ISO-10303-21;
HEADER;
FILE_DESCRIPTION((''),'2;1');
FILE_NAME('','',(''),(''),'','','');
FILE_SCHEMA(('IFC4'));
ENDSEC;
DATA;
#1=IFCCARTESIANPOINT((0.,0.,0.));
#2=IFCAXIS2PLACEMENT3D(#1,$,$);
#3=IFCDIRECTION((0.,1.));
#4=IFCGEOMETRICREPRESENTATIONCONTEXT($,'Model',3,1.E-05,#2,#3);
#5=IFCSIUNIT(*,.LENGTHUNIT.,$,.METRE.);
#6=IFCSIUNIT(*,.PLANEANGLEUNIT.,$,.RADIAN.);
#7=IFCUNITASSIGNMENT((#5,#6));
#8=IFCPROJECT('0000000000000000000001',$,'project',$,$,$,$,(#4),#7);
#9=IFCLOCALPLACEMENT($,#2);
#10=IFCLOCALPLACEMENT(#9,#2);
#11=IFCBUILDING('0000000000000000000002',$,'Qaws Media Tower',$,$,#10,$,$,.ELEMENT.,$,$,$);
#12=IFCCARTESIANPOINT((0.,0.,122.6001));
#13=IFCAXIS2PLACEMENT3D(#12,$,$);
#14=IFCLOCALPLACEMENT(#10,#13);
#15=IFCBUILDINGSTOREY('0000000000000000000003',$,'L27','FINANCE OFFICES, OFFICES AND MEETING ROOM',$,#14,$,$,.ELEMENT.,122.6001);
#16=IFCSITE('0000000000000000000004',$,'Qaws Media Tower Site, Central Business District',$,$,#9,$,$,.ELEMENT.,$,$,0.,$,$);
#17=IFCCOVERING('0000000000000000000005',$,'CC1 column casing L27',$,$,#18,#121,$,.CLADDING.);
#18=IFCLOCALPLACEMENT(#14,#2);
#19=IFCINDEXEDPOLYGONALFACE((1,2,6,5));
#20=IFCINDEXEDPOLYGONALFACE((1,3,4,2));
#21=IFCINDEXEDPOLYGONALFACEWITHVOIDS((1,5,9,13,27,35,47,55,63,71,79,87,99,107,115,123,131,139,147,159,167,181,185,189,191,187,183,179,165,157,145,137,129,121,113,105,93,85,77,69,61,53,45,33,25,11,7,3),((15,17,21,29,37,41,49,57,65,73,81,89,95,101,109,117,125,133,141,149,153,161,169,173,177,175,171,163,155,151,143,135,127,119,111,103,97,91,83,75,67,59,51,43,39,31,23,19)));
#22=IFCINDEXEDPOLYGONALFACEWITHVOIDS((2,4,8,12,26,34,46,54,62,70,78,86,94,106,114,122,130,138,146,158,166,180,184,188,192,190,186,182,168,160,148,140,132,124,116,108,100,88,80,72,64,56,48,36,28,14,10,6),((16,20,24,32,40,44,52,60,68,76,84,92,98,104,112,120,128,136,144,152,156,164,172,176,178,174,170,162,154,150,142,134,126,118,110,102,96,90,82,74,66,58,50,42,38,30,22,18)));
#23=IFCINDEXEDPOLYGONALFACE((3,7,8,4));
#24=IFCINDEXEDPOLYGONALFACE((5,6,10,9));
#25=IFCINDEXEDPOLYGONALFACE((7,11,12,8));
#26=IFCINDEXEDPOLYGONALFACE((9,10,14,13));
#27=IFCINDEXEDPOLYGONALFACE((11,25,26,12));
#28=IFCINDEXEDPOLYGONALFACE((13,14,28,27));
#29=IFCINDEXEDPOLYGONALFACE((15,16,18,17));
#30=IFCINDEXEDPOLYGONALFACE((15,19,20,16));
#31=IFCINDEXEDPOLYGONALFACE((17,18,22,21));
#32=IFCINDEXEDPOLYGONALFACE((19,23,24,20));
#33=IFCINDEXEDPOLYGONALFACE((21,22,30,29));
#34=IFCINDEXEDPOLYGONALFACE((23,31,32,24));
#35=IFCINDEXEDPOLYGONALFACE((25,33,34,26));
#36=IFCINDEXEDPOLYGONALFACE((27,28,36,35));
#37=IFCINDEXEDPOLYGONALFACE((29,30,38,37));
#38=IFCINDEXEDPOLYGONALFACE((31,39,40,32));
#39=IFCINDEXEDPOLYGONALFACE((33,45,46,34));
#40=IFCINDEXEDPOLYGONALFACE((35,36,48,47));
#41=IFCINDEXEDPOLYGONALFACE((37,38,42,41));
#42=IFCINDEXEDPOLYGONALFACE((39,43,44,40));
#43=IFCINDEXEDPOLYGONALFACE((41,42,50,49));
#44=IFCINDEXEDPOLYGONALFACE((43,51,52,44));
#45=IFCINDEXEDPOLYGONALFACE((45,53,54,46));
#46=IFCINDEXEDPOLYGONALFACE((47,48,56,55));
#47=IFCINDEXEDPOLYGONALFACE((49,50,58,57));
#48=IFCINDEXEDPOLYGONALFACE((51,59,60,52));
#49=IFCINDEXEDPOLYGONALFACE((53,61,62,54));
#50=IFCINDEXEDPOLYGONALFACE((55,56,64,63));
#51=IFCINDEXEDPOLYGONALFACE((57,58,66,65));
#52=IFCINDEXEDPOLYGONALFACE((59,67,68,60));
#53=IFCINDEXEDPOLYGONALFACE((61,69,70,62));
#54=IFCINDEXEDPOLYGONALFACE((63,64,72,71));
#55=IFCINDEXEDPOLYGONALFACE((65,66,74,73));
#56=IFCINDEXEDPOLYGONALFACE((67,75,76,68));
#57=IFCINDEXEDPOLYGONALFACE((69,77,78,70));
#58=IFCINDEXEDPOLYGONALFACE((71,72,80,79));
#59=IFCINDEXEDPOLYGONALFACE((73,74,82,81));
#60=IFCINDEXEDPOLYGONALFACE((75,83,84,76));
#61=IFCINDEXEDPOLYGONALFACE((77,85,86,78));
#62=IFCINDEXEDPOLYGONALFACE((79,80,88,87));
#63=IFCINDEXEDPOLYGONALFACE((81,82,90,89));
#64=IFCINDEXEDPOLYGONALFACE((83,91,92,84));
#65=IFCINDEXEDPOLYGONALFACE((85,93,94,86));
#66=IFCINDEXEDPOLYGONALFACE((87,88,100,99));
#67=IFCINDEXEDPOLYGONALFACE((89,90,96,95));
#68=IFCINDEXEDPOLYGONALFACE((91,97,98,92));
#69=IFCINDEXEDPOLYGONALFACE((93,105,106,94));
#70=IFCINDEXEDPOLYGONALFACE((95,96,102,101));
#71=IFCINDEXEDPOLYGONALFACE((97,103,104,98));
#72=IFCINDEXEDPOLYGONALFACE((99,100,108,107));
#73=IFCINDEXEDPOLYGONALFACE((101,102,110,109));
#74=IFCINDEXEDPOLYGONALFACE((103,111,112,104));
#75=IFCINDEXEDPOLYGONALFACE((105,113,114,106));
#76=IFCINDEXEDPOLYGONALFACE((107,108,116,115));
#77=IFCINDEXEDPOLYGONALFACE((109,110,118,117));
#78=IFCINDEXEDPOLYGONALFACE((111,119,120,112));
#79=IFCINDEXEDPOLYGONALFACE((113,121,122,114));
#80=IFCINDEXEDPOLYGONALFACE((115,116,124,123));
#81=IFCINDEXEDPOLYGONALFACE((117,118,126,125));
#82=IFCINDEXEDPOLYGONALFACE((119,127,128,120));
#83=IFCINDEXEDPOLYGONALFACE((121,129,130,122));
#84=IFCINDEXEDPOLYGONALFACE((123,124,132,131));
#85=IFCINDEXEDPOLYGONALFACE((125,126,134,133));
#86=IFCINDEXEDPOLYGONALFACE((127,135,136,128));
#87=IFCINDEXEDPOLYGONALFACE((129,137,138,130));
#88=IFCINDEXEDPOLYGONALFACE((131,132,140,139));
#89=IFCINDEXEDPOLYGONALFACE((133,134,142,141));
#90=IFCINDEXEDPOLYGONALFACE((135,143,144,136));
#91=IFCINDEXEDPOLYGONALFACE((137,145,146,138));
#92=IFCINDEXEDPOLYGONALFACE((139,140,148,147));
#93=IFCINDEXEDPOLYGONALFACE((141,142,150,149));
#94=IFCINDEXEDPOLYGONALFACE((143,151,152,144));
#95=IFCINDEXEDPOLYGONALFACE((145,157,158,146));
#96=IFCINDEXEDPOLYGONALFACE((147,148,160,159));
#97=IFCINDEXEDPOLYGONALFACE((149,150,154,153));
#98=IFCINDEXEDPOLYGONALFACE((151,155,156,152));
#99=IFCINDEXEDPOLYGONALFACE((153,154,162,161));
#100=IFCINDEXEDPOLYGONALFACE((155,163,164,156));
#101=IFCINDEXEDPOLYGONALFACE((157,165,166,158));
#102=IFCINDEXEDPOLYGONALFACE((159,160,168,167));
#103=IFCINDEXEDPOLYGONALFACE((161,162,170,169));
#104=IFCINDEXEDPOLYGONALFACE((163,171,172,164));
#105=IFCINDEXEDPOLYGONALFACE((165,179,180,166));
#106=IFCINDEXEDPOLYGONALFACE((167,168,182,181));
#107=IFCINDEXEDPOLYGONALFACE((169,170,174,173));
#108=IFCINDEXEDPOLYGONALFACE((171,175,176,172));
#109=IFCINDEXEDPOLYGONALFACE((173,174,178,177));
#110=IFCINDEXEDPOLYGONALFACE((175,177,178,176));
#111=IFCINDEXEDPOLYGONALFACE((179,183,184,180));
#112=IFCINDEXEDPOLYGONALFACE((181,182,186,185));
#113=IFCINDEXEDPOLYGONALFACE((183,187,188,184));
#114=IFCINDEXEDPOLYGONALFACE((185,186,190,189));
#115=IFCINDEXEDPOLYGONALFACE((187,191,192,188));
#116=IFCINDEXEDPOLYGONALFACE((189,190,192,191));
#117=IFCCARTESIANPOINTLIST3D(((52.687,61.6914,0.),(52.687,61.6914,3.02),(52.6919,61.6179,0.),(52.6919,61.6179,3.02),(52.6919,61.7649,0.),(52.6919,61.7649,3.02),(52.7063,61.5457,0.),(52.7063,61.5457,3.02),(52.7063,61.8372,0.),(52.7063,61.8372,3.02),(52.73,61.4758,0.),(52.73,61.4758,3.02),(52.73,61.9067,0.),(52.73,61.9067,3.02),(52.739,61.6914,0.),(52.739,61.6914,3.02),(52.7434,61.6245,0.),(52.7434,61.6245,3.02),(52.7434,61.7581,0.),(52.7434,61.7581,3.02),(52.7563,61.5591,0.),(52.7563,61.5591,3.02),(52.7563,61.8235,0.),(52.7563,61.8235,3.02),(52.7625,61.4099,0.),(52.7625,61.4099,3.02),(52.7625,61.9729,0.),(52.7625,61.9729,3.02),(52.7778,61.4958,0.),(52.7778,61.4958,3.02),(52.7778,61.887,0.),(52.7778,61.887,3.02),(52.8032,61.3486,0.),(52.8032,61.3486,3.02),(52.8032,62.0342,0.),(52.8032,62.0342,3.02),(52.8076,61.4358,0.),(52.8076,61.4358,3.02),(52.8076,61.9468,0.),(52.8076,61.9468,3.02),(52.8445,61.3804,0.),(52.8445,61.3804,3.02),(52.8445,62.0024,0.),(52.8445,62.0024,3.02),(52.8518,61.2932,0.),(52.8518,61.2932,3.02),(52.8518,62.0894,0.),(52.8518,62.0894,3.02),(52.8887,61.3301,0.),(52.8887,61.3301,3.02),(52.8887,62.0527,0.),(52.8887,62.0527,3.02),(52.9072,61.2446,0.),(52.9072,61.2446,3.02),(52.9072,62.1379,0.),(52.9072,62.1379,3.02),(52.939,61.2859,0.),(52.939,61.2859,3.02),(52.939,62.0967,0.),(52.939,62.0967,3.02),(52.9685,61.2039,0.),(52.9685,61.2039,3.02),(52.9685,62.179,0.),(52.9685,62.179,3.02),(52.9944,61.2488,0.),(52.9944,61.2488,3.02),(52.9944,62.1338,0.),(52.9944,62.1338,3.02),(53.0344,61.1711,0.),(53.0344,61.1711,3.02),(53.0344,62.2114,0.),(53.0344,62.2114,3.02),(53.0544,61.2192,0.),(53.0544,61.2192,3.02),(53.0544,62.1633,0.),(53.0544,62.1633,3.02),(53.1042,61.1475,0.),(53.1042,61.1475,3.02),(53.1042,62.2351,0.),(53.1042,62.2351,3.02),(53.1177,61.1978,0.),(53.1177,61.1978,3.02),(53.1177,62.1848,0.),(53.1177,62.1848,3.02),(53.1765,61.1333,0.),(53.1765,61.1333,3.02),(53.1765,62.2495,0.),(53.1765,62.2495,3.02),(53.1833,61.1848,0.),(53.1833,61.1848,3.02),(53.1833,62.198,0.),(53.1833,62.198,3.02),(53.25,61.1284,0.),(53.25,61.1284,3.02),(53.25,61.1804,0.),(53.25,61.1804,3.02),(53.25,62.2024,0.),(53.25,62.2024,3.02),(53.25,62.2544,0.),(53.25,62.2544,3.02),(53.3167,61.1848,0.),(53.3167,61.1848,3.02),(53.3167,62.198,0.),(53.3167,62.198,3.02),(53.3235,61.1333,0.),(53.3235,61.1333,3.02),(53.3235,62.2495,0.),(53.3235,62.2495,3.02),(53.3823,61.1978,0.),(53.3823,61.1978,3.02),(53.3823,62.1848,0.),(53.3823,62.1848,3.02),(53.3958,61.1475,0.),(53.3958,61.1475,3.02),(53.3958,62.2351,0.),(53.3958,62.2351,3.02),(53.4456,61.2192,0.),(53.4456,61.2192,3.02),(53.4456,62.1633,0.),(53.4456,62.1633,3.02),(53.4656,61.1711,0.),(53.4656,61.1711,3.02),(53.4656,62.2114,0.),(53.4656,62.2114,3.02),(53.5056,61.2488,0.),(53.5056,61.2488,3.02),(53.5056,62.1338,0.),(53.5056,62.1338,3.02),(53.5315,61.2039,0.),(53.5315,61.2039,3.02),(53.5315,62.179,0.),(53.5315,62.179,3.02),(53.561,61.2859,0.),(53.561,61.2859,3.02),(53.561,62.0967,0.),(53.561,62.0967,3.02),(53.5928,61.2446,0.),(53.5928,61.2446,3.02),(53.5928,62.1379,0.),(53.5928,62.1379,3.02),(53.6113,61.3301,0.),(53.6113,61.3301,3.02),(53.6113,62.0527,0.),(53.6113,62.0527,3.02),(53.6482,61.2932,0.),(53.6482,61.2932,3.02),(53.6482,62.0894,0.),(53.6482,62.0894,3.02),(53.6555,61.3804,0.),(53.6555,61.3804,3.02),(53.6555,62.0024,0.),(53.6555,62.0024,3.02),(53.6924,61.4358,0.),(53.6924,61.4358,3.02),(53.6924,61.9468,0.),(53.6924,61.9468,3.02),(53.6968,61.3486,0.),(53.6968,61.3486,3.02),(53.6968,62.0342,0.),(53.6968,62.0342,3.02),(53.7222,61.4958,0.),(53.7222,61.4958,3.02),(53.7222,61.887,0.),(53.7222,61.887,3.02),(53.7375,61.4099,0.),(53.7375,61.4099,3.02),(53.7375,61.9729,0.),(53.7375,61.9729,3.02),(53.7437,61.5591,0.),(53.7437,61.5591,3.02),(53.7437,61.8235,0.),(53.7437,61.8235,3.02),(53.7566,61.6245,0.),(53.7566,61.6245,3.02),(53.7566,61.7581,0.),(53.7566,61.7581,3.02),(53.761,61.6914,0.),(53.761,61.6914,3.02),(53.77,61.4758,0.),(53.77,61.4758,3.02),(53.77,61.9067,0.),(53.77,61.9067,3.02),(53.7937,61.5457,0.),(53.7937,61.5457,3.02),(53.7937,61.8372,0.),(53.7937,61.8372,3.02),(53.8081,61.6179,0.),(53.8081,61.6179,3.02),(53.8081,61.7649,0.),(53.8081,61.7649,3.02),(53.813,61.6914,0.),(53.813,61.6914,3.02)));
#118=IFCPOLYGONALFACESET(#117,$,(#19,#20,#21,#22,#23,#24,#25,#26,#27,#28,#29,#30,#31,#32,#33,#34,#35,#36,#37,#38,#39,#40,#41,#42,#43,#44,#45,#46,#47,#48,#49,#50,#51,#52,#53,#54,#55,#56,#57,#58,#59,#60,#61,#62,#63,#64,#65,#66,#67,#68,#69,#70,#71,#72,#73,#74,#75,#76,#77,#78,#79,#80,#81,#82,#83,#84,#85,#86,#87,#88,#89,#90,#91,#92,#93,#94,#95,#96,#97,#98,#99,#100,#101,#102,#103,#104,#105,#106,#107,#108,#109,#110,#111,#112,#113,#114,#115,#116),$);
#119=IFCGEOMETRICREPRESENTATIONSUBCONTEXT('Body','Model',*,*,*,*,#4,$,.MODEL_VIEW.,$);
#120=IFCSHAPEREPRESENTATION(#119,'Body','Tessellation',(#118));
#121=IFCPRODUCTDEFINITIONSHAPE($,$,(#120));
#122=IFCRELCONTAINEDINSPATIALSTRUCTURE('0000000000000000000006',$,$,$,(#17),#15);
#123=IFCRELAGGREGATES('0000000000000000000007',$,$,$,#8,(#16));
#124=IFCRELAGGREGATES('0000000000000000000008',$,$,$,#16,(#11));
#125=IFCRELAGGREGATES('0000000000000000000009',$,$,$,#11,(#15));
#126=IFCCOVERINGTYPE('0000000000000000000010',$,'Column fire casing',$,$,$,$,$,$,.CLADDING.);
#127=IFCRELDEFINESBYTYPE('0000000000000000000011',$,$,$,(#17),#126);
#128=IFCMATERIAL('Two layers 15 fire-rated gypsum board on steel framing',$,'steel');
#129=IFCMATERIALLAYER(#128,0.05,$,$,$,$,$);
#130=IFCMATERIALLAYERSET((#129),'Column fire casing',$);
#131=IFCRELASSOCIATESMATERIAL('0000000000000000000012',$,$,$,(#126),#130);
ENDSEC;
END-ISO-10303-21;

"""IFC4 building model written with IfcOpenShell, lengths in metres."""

from ifc_helpers import new_model, si_unit, direction, frame, origin, place, context, subcontext, project, spatial, polyline, outline, extrude, material, layer, layer_set, type_object, element, save


model = new_model("IFC4")

# Units and contexts
model_context = context("Model", 3, precision=1e-05, world=origin(), true_north=direction((0.0, 1.0)))
body_context = subcontext(model_context, "Body", "Model", "MODEL_VIEW")
ifc_project = project(units=[si_unit("LENGTHUNIT", "METRE"), si_unit("PLANEANGLEUNIT", "RADIAN")], contexts=[model_context])

# Site, building, storey
site_placement = place(None, origin())
site = spatial("IfcSite", under=ifc_project, at=site_placement, Name="Qaws Media Tower Site, Central Business District", CompositionType="ELEMENT", RefElevation=0.0)
building_placement = place(site_placement, origin())
building = spatial("IfcBuilding", under=site, at=building_placement, Name="Qaws Media Tower", CompositionType="ELEMENT")
storey_placement = place(building_placement, frame((0.0, 0.0, 122.6001)))
storey = spatial("IfcBuildingStorey", under=building, at=storey_placement, Name="L27", Description="FINANCE OFFICES, OFFICES AND MEETING ROOM", CompositionType="ELEMENT", Elevation=122.6001)

# Covering
ifc_material_1 = material(Name="Two layers 15 fire-rated gypsum board on steel framing", Category="steel")
ifc_layer_1 = layer(ifc_material_1, 0.05)
ifc_layer_set_1 = layer_set([ifc_layer_1], Name="Column fire casing")
covering_type = type_object("IfcCoveringType", Name="Column fire casing", PredefinedType="CLADDING", material=ifc_layer_set_1)
covering_1_placement = place(storey_placement, origin())
element("IfcCovering", 1, at=covering_1_placement, inside=storey, type_object=covering_type, Name="CC1 column casing L27", PredefinedType="CLADDING", context=body_context, shape_type="SweptSolid", body=[
    extrude(outline(polyline([(53.813, 61.6914), (53.8081, 61.6179), (53.7937, 61.5457), (53.77, 61.4758), (53.7375, 61.4099), (53.6968, 61.3486), (53.6482, 61.2932), (53.5928, 61.2446), (53.5315, 61.2039), (53.4656, 61.1711), (53.3958, 61.1475), (53.3235, 61.1333), (53.25, 61.1284), (53.1765, 61.1333), (53.1042, 61.1475), (53.0344, 61.1711), (52.9685, 61.2039), (52.9072, 61.2446), (52.8518, 61.2932), (52.8032, 61.3486), (52.7625, 61.4099), (52.73, 61.4758), (52.7063, 61.5457), (52.6919, 61.6179), (52.687, 61.6914), (52.6919, 61.7649), (52.7063, 61.8372), (52.73, 61.9067), (52.7625, 61.9729), (52.8032, 62.0342), (52.8518, 62.0894), (52.9072, 62.1379), (52.9685, 62.179), (53.0344, 62.2114), (53.1042, 62.2351), (53.1765, 62.2495), (53.25, 62.2544), (53.3235, 62.2495), (53.3958, 62.2351), (53.4656, 62.2114), (53.5315, 62.179), (53.5928, 62.1379), (53.6482, 62.0894), (53.6968, 62.0342), (53.7375, 61.9729), (53.77, 61.9067), (53.7937, 61.8372), (53.8081, 61.7649), (53.813, 61.6914)]), holes=[polyline([(53.761, 61.6914), (53.7566, 61.6245), (53.7437, 61.5591), (53.7222, 61.4958), (53.6924, 61.4358), (53.6555, 61.3804), (53.6113, 61.3301), (53.561, 61.2859), (53.5056, 61.2488), (53.4456, 61.2192), (53.3823, 61.1978), (53.3167, 61.1848), (53.25, 61.1804), (53.1833, 61.1848), (53.1177, 61.1978), (53.0544, 61.2192), (52.9944, 61.2488), (52.939, 61.2859), (52.8887, 61.3301), (52.8445, 61.3804), (52.8076, 61.4358), (52.7778, 61.4958), (52.7563, 61.5591), (52.7434, 61.6245), (52.739, 61.6914), (52.7434, 61.7581), (52.7563, 61.8235), (52.7778, 61.887), (52.8076, 61.9468), (52.8445, 62.0024), (52.8887, 62.0527), (52.939, 62.0967), (52.9944, 62.1338), (53.0544, 62.1633), (53.1177, 62.1848), (53.1833, 62.198), (53.25, 62.2024), (53.3167, 62.198), (53.3823, 62.1848), (53.4456, 62.1633), (53.5056, 62.1338), (53.561, 62.0967), (53.6113, 62.0527), (53.6555, 62.0024), (53.6924, 61.9468), (53.7222, 61.887), (53.7437, 61.8235), (53.7566, 61.7581), (53.761, 61.6914)])]), origin(), (0.0, 0.0, 1.0), 3.02),
])

save(model, "model.ifc")
